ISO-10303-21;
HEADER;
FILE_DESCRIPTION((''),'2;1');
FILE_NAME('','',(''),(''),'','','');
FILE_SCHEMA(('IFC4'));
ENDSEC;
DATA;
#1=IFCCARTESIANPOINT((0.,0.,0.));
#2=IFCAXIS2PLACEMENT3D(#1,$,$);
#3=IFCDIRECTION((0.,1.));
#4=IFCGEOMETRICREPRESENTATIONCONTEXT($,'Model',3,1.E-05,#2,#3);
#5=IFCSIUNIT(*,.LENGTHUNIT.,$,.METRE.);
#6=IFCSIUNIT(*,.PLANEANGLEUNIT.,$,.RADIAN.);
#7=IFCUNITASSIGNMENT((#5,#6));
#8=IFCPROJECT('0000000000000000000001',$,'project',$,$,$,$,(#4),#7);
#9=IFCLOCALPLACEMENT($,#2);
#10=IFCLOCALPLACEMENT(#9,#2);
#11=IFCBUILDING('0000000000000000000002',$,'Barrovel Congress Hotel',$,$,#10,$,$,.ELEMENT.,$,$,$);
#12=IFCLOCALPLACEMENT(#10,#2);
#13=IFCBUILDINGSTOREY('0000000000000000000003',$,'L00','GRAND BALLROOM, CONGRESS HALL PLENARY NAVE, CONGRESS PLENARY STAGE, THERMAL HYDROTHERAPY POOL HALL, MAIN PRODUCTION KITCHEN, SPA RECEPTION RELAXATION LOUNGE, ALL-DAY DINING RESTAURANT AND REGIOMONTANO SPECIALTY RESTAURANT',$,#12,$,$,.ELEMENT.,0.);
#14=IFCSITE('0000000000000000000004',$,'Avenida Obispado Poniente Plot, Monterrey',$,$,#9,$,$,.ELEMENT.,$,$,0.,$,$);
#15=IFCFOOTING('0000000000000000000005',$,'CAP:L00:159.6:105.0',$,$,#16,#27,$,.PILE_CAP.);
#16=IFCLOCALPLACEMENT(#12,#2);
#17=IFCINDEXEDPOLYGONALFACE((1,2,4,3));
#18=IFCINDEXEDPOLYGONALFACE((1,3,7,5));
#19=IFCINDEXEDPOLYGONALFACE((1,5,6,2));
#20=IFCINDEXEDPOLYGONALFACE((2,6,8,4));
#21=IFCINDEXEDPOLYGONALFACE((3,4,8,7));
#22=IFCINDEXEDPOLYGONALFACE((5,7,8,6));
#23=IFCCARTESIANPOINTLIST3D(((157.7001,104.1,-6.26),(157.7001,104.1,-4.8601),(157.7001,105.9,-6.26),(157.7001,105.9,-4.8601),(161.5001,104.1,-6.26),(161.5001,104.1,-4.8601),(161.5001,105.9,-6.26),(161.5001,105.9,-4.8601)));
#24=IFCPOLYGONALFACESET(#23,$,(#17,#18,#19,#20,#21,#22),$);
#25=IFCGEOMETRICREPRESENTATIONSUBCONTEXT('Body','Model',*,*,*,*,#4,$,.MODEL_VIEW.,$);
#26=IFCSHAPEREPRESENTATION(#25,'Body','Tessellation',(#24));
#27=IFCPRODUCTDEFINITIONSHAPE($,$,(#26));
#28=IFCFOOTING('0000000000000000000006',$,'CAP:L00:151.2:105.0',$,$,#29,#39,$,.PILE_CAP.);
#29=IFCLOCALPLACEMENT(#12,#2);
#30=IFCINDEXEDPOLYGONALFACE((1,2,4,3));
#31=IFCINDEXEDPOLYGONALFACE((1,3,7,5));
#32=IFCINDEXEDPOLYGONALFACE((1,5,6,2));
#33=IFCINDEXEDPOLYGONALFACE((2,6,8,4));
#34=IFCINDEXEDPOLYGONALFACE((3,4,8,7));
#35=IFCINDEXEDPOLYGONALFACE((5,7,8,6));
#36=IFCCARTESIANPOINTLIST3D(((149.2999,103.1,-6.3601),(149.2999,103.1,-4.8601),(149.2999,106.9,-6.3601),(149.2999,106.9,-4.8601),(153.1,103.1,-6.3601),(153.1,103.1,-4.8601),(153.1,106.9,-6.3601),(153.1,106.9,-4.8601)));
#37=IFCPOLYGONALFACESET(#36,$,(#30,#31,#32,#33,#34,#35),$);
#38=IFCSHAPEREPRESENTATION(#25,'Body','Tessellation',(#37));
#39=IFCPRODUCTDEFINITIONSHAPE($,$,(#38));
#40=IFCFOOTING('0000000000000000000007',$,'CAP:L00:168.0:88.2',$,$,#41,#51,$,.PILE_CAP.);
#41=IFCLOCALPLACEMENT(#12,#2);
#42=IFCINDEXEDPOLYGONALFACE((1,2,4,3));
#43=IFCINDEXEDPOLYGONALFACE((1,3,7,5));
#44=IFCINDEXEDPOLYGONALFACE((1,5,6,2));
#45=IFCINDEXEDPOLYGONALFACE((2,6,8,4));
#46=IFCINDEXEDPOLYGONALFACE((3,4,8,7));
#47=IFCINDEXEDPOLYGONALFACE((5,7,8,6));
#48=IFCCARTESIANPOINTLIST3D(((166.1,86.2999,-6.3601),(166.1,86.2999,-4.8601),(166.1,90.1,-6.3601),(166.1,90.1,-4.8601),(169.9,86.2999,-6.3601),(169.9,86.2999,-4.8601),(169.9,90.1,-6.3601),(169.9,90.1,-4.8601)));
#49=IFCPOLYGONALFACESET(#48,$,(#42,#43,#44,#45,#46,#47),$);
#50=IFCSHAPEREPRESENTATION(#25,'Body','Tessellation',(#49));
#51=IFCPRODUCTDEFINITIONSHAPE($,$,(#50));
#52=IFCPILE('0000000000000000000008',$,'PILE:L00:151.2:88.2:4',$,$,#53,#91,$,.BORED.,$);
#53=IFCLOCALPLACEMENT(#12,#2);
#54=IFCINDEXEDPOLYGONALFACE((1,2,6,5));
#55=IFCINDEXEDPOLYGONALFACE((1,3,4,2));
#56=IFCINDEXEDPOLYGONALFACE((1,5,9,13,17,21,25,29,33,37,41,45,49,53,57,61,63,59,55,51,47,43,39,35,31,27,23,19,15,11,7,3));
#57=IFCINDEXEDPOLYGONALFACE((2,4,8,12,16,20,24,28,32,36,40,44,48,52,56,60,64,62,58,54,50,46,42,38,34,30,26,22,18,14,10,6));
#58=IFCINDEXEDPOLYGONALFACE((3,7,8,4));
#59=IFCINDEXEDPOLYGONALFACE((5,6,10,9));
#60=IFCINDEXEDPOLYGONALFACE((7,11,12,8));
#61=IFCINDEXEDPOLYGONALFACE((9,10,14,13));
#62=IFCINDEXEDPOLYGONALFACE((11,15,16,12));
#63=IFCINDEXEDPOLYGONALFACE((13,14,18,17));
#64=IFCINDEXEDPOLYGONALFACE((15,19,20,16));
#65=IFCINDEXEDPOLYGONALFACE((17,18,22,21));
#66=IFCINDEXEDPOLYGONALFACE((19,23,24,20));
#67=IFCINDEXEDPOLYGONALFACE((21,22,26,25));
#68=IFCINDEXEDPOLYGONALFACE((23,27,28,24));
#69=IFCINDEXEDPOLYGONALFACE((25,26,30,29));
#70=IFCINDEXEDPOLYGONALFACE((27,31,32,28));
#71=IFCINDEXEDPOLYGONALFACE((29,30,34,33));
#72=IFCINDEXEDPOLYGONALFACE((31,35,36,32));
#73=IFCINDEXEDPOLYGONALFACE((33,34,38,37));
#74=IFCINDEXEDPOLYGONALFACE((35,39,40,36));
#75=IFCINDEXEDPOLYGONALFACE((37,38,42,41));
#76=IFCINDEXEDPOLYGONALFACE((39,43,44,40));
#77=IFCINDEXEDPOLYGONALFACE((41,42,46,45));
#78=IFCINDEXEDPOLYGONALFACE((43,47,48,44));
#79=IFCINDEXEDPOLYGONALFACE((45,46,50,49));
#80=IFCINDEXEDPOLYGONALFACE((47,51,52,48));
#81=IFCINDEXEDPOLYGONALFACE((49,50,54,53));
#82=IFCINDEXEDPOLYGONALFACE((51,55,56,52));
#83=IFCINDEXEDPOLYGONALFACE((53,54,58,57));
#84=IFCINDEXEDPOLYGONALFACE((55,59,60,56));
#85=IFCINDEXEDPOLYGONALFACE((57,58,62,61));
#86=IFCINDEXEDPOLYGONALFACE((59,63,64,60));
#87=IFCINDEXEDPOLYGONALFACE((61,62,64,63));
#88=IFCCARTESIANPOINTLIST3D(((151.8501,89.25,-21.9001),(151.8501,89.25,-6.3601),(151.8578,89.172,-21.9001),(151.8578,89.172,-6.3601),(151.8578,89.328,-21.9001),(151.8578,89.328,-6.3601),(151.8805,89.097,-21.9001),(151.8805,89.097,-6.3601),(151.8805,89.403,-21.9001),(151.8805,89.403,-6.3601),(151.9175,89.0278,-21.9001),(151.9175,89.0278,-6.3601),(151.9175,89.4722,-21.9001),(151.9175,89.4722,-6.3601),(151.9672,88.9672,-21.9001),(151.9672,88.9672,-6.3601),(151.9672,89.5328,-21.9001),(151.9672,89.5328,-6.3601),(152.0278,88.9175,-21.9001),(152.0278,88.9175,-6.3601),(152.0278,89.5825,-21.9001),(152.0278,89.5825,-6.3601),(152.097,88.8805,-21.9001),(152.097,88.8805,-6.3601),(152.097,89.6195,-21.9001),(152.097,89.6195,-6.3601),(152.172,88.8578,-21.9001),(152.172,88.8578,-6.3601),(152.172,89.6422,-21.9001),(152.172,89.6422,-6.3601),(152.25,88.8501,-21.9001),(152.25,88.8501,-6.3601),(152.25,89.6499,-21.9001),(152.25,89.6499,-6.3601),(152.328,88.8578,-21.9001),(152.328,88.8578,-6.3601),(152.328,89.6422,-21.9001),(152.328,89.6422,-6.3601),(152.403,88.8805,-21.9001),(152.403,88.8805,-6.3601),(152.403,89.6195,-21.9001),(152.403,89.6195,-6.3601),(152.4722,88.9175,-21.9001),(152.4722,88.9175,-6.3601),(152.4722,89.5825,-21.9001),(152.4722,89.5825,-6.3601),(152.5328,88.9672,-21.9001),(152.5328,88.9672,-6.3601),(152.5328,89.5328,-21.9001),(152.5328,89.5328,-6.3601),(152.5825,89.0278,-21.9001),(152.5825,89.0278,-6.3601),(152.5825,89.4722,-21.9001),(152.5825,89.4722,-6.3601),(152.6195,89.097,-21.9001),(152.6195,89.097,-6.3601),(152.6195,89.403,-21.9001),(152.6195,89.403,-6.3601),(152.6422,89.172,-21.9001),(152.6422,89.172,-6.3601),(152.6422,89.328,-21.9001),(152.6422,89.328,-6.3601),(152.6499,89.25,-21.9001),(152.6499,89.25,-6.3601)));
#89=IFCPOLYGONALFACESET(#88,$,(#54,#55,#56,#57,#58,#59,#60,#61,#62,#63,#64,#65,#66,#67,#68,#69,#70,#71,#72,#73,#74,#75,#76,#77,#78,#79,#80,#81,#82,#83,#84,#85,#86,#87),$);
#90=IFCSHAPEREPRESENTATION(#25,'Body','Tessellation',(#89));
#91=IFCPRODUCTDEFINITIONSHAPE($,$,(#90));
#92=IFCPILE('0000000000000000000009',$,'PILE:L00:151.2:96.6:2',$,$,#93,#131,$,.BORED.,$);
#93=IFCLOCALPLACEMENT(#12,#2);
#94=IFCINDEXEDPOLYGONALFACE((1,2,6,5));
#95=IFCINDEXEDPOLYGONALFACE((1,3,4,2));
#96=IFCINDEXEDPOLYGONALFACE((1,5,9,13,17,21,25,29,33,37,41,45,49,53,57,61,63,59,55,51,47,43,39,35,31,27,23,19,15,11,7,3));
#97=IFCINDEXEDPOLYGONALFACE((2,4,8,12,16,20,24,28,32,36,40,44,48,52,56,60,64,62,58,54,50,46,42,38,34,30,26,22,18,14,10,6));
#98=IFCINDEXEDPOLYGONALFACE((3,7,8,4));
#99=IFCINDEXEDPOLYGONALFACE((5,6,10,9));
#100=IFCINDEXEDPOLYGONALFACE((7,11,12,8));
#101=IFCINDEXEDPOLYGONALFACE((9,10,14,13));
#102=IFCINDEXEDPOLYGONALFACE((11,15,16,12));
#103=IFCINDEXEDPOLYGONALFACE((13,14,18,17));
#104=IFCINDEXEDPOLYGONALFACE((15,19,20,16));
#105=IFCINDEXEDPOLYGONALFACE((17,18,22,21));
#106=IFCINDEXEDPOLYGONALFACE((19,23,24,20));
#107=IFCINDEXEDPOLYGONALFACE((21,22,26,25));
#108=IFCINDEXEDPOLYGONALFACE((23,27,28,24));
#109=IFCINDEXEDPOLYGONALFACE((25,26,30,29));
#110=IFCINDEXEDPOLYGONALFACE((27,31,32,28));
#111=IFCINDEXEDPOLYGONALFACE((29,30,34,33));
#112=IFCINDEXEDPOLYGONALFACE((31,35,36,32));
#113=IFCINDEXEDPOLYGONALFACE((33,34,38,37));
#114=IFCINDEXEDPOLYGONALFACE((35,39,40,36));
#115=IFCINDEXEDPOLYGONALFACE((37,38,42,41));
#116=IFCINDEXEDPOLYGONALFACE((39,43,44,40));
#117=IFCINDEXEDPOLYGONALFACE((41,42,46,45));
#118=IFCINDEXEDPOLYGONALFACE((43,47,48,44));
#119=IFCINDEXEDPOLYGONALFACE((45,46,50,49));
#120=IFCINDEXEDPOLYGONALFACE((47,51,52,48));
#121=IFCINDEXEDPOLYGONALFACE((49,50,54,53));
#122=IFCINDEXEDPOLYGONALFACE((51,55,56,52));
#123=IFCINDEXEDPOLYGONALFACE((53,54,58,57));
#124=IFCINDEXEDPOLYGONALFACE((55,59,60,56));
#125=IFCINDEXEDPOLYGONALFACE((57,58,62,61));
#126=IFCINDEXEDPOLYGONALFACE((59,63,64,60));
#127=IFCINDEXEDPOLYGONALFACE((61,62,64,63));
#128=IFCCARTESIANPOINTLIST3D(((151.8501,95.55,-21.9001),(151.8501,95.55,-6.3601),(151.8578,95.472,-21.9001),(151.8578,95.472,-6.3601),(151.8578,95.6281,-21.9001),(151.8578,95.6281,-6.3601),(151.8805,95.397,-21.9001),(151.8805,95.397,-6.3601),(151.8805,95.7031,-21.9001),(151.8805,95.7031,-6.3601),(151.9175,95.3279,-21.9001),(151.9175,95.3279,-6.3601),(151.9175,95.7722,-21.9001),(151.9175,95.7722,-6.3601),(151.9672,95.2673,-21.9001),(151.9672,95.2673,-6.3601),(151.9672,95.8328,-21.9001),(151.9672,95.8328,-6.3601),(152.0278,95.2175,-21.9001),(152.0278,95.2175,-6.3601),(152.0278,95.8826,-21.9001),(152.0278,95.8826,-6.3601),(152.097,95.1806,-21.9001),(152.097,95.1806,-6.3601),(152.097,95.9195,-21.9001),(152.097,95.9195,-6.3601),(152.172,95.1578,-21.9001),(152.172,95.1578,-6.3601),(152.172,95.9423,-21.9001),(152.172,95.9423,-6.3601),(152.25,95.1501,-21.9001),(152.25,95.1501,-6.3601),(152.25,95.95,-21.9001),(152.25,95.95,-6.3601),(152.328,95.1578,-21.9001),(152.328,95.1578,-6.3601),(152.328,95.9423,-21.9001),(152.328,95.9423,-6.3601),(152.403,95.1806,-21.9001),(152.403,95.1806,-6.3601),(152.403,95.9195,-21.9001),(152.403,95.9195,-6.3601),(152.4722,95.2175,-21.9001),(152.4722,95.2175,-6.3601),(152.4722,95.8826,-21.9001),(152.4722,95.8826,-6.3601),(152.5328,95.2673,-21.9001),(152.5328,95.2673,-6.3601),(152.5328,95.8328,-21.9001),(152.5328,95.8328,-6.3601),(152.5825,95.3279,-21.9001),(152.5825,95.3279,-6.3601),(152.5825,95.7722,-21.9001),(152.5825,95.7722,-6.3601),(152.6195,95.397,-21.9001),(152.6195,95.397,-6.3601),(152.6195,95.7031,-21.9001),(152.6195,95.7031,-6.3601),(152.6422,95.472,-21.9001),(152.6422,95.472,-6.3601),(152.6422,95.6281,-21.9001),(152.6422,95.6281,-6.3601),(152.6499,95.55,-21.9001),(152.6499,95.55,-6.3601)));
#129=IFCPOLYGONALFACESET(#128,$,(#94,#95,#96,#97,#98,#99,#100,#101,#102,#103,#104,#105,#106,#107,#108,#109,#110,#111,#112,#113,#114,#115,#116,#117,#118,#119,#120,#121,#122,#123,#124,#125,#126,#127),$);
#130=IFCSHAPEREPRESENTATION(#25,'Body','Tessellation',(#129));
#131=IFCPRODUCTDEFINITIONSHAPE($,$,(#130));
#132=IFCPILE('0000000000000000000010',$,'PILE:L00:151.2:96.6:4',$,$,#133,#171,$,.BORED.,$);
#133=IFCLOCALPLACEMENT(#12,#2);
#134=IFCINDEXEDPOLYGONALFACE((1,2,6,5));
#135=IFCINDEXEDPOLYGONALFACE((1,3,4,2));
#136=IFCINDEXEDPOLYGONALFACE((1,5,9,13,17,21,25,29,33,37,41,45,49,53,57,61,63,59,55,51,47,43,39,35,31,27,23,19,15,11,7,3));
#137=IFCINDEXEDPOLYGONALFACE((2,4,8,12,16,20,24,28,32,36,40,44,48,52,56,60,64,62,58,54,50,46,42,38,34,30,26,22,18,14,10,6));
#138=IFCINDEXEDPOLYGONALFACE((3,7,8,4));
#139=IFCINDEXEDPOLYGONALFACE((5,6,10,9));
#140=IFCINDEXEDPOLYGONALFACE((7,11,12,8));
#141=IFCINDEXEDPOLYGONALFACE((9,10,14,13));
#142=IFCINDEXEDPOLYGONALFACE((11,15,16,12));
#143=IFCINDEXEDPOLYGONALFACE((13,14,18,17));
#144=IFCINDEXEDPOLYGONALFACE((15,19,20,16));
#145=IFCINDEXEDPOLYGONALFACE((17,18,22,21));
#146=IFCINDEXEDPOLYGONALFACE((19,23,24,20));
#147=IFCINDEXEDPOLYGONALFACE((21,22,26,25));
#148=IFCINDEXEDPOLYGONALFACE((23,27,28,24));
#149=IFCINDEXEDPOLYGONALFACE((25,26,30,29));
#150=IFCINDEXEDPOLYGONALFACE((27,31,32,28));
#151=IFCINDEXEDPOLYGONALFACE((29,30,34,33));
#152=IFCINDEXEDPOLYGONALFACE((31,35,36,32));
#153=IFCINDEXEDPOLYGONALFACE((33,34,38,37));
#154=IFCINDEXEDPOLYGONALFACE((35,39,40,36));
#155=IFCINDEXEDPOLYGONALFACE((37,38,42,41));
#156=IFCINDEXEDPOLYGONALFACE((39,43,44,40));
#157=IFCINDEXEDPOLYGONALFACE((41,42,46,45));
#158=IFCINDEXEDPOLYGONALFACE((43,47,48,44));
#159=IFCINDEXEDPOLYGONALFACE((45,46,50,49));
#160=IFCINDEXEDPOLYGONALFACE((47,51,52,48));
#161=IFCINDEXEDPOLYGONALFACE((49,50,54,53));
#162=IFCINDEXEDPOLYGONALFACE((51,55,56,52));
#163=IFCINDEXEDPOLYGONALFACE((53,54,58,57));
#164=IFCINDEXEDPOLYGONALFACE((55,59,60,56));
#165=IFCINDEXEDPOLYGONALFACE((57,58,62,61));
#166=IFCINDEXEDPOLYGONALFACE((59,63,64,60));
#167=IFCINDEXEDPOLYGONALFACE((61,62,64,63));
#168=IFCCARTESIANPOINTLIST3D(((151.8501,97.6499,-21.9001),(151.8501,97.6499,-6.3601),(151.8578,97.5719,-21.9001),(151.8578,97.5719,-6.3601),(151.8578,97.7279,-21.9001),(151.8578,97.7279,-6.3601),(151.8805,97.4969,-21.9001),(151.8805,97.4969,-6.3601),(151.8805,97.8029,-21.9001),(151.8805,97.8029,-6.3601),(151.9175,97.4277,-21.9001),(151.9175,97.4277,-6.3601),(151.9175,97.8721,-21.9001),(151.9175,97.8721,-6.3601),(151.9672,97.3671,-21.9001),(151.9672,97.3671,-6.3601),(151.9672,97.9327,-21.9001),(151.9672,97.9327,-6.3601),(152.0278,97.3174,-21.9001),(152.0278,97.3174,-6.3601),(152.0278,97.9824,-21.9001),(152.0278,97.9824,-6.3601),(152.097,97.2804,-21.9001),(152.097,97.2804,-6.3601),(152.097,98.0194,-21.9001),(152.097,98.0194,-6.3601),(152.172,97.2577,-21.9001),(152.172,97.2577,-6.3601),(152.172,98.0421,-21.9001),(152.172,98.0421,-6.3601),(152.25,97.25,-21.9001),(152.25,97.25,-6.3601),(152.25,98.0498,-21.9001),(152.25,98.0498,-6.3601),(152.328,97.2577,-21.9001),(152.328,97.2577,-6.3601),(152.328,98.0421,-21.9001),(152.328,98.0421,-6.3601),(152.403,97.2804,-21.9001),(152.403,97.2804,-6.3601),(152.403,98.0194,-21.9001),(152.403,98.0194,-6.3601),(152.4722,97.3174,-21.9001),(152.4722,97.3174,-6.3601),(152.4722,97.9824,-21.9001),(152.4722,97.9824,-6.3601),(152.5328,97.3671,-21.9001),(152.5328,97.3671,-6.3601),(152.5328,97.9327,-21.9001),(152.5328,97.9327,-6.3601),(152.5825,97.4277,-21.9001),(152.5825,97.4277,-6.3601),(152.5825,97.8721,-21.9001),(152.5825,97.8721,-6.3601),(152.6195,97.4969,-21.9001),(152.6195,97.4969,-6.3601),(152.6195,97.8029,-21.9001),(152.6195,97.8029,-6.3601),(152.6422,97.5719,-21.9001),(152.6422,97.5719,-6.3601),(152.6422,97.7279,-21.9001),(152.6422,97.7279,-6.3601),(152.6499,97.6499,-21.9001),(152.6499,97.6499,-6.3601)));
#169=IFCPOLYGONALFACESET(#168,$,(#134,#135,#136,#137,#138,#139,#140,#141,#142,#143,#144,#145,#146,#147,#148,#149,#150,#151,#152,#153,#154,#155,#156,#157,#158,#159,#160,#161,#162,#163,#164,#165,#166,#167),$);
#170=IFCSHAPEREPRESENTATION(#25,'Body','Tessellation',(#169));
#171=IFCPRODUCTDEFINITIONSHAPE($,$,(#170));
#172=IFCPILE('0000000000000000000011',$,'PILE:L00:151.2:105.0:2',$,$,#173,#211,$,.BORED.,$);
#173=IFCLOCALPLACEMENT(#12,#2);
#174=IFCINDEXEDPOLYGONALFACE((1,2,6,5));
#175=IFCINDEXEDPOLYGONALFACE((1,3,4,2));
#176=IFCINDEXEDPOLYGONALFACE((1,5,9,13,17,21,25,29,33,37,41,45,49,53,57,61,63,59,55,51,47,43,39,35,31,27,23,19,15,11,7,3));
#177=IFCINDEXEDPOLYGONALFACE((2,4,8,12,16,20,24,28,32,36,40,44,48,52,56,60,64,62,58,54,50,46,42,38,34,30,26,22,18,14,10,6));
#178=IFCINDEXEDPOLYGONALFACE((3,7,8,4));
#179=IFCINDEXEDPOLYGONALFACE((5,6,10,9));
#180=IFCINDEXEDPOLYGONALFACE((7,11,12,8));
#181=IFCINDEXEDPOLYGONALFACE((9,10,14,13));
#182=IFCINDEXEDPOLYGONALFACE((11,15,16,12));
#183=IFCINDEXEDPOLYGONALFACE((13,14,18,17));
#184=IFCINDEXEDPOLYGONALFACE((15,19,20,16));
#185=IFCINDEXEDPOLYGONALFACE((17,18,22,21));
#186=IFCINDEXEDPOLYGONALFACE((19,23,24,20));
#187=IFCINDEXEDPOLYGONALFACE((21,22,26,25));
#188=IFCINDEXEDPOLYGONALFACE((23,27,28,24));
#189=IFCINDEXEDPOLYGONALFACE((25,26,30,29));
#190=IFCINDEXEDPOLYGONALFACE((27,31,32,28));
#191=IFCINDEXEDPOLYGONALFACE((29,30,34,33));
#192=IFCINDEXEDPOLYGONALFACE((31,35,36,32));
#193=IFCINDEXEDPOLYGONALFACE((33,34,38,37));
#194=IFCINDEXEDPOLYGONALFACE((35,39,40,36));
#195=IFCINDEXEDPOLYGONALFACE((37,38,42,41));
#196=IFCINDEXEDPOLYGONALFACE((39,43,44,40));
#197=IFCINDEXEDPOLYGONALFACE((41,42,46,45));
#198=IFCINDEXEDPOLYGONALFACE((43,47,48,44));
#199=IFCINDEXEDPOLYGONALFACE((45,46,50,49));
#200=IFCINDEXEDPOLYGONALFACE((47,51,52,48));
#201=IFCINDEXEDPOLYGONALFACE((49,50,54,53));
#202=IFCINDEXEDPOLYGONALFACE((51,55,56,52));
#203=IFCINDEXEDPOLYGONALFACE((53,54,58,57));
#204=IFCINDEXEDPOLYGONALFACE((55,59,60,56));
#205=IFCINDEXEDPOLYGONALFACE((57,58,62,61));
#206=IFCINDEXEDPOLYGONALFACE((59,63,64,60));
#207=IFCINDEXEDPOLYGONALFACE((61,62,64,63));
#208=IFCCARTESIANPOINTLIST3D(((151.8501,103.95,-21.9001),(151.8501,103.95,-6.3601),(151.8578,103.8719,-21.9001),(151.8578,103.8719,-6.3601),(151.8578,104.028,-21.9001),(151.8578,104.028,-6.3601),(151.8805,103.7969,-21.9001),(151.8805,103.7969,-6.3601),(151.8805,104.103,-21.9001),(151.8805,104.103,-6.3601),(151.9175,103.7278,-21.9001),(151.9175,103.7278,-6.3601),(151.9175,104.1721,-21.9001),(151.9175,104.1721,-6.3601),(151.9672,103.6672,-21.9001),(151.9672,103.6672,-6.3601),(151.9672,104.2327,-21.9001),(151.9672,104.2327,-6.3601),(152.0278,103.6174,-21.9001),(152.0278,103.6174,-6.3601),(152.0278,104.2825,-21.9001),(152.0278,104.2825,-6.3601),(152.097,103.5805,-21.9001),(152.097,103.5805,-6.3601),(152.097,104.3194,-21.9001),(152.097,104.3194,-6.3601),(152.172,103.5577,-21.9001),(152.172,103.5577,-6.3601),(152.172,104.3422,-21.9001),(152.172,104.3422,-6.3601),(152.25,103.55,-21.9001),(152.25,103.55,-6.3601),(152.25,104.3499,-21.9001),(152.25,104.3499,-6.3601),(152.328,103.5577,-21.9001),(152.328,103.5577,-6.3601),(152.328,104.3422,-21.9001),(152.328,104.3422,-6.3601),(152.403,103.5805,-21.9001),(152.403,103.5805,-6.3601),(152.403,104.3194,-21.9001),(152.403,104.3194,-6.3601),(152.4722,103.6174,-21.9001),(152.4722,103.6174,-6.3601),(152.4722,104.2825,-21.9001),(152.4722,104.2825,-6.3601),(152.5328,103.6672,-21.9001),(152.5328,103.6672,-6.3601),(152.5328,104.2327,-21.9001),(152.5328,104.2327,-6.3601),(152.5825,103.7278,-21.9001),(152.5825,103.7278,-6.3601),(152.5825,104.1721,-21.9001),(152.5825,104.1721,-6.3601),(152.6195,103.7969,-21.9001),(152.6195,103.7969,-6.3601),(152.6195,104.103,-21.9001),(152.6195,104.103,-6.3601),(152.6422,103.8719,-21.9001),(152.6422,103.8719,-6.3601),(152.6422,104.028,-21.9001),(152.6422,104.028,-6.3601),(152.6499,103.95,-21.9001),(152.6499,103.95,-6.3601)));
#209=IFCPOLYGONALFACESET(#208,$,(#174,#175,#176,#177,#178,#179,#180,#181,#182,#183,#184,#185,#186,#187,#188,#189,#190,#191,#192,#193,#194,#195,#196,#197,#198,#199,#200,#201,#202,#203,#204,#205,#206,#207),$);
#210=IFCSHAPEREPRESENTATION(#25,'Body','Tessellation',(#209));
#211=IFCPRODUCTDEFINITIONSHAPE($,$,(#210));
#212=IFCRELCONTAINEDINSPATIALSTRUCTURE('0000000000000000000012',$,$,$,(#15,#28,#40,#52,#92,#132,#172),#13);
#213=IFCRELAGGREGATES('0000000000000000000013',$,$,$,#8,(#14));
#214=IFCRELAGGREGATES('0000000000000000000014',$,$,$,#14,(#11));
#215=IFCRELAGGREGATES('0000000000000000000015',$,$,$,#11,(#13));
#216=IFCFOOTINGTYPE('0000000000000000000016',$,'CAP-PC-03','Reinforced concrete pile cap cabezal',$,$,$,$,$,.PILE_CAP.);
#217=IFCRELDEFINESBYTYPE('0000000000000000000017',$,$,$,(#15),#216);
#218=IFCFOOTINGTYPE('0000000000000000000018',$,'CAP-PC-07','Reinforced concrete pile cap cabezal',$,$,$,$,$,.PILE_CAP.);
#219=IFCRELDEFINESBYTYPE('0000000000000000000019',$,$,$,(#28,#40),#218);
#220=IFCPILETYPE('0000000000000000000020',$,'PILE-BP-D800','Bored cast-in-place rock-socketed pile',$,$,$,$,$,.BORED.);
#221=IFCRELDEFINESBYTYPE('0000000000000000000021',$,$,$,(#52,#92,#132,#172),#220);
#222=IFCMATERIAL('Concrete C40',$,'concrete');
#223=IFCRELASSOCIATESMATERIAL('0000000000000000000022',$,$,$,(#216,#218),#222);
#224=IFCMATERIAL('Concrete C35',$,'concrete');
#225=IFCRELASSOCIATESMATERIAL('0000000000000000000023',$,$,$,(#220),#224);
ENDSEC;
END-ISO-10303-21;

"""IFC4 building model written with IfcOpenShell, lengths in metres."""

from ifc_helpers import new_model, si_unit, direction, frame, origin, origin_2d, place, context, subcontext, project, spatial, rectangle, circle, extrude, material, material_profile, profile_set, type_object, element, save


model = new_model("IFC4")

# Units and contexts
model_context = context("Model", 3, precision=1e-05, world=origin(), true_north=direction((0.0, 1.0)))
body_context = subcontext(model_context, "Body", "Model", "MODEL_VIEW")
ifc_project = project(units=[si_unit("LENGTHUNIT", "METRE"), si_unit("PLANEANGLEUNIT", "RADIAN")], contexts=[model_context])

# Site, building, storey
site_placement = place(None, origin())
site = spatial("IfcSite", under=ifc_project, at=site_placement, Name="Avenida Obispado Poniente Plot, Monterrey", CompositionType="ELEMENT", RefElevation=0.0)
building_placement = place(site_placement, origin())
building = spatial("IfcBuilding", under=site, at=building_placement, Name="Barrovel Congress Hotel", CompositionType="ELEMENT")
storey_placement = place(building_placement, origin())
storey = spatial("IfcBuildingStorey", under=building, at=storey_placement, Name="L00", Description="GRAND BALLROOM, CONGRESS HALL PLENARY NAVE, CONGRESS PLENARY STAGE, THERMAL HYDROTHERAPY POOL HALL, MAIN PRODUCTION KITCHEN, SPA RECEPTION RELAXATION LOUNGE, ALL-DAY DINING RESTAURANT AND REGIOMONTANO SPECIALTY RESTAURANT", CompositionType="ELEMENT", Elevation=0.0)

# Footings
ifc_material_1 = material(Name="Concrete C40", Category="concrete")
footing_type_1 = type_object("IfcFootingType", Name="CAP-PC-03", Description="Reinforced concrete pile cap cabezal", PredefinedType="PILE_CAP", material=ifc_material_1)
footing_placement = place(storey_placement, frame((159.6001, 105.0, -6.26), z_axis=(0.0, 0.0, 1.0), x_axis=(1.0, 0.0, 0.0)))
element("IfcFooting", 1, at=footing_placement, inside=storey, type_object=footing_type_1, Name="CAP:L00:159.6:105.0", PredefinedType="PILE_CAP", context=body_context, shape_type="SweptSolid", body=[
    extrude(rectangle(XDim=3.8, YDim=1.8, at=origin_2d()), origin(), (0.0, 0.0, 1.0), 1.3999),
])
footing_type_2 = type_object("IfcFootingType", Name="CAP-PC-07", Description="Reinforced concrete pile cap cabezal", PredefinedType="PILE_CAP", material=ifc_material_1)
for number, where, z_axis, x_axis, name in (
    (2, (151.2, 105.0, -6.3601), (0.0, 0.0, 1.0), (1.0, 0.0, 0.0), "CAP:L00:151.2:105.0"),
    (3, (168.0, 88.2, -6.3601), (0.0, 0.0, 1.0), (1.0, 0.0, 0.0), "CAP:L00:168.0:88.2"),
):
    element("IfcFooting", number, at=place(storey_placement, frame(where, z_axis=z_axis, x_axis=x_axis)), inside=storey, type_object=footing_type_2, Name=name, PredefinedType="PILE_CAP", context=body_context, shape_type="SweptSolid", body=[
        extrude(rectangle(XDim=3.8, YDim=3.8, at=origin_2d()), origin(), (0.0, 0.0, 1.0), 1.5),
    ])

# Piles
ifc_material_2 = material(Name="Concrete C35", Category="concrete")
ifc_material_profile_1 = material_profile(ifc_material_2, circle(Radius=0.3999, at=origin_2d()), Name="BP-D800")
ifc_profile_set_1 = profile_set([ifc_material_profile_1], Name="Concrete C35")
pile_type = type_object("IfcPileType", Name="PILE-BP-D800", Description="Bored cast-in-place rock-socketed pile", PredefinedType="BORED", material=ifc_profile_set_1)
for number, where, z_axis, x_axis, name in (
    (4, (152.25, 89.25, -6.3601), (0.0, 0.0, -1.0), (1.0, 0.0, 0.0), "PILE:L00:151.2:88.2:4"),
    (5, (152.25, 95.55, -6.3601), (0.0, 0.0, -1.0), (1.0, 0.0, 0.0), "PILE:L00:151.2:96.6:2"),
    (6, (152.25, 97.6499, -6.3601), (0.0, 0.0, -1.0), (1.0, 0.0, 0.0), "PILE:L00:151.2:96.6:4"),
    (7, (152.25, 103.95, -6.3601), (0.0, 0.0, -1.0), (1.0, 0.0, 0.0), "PILE:L00:151.2:105.0:2"),
):
    element("IfcPile", number, at=place(storey_placement, frame(where, z_axis=z_axis, x_axis=x_axis)), inside=storey, type_object=pile_type, Name=name, PredefinedType="BORED", context=body_context, shape_type="SweptSolid", body=[
        extrude(circle(Radius=0.3999, at=origin_2d()), origin(), (0.0, 0.0, 1.0), 15.54),
    ])

save(model, "model.ifc")
